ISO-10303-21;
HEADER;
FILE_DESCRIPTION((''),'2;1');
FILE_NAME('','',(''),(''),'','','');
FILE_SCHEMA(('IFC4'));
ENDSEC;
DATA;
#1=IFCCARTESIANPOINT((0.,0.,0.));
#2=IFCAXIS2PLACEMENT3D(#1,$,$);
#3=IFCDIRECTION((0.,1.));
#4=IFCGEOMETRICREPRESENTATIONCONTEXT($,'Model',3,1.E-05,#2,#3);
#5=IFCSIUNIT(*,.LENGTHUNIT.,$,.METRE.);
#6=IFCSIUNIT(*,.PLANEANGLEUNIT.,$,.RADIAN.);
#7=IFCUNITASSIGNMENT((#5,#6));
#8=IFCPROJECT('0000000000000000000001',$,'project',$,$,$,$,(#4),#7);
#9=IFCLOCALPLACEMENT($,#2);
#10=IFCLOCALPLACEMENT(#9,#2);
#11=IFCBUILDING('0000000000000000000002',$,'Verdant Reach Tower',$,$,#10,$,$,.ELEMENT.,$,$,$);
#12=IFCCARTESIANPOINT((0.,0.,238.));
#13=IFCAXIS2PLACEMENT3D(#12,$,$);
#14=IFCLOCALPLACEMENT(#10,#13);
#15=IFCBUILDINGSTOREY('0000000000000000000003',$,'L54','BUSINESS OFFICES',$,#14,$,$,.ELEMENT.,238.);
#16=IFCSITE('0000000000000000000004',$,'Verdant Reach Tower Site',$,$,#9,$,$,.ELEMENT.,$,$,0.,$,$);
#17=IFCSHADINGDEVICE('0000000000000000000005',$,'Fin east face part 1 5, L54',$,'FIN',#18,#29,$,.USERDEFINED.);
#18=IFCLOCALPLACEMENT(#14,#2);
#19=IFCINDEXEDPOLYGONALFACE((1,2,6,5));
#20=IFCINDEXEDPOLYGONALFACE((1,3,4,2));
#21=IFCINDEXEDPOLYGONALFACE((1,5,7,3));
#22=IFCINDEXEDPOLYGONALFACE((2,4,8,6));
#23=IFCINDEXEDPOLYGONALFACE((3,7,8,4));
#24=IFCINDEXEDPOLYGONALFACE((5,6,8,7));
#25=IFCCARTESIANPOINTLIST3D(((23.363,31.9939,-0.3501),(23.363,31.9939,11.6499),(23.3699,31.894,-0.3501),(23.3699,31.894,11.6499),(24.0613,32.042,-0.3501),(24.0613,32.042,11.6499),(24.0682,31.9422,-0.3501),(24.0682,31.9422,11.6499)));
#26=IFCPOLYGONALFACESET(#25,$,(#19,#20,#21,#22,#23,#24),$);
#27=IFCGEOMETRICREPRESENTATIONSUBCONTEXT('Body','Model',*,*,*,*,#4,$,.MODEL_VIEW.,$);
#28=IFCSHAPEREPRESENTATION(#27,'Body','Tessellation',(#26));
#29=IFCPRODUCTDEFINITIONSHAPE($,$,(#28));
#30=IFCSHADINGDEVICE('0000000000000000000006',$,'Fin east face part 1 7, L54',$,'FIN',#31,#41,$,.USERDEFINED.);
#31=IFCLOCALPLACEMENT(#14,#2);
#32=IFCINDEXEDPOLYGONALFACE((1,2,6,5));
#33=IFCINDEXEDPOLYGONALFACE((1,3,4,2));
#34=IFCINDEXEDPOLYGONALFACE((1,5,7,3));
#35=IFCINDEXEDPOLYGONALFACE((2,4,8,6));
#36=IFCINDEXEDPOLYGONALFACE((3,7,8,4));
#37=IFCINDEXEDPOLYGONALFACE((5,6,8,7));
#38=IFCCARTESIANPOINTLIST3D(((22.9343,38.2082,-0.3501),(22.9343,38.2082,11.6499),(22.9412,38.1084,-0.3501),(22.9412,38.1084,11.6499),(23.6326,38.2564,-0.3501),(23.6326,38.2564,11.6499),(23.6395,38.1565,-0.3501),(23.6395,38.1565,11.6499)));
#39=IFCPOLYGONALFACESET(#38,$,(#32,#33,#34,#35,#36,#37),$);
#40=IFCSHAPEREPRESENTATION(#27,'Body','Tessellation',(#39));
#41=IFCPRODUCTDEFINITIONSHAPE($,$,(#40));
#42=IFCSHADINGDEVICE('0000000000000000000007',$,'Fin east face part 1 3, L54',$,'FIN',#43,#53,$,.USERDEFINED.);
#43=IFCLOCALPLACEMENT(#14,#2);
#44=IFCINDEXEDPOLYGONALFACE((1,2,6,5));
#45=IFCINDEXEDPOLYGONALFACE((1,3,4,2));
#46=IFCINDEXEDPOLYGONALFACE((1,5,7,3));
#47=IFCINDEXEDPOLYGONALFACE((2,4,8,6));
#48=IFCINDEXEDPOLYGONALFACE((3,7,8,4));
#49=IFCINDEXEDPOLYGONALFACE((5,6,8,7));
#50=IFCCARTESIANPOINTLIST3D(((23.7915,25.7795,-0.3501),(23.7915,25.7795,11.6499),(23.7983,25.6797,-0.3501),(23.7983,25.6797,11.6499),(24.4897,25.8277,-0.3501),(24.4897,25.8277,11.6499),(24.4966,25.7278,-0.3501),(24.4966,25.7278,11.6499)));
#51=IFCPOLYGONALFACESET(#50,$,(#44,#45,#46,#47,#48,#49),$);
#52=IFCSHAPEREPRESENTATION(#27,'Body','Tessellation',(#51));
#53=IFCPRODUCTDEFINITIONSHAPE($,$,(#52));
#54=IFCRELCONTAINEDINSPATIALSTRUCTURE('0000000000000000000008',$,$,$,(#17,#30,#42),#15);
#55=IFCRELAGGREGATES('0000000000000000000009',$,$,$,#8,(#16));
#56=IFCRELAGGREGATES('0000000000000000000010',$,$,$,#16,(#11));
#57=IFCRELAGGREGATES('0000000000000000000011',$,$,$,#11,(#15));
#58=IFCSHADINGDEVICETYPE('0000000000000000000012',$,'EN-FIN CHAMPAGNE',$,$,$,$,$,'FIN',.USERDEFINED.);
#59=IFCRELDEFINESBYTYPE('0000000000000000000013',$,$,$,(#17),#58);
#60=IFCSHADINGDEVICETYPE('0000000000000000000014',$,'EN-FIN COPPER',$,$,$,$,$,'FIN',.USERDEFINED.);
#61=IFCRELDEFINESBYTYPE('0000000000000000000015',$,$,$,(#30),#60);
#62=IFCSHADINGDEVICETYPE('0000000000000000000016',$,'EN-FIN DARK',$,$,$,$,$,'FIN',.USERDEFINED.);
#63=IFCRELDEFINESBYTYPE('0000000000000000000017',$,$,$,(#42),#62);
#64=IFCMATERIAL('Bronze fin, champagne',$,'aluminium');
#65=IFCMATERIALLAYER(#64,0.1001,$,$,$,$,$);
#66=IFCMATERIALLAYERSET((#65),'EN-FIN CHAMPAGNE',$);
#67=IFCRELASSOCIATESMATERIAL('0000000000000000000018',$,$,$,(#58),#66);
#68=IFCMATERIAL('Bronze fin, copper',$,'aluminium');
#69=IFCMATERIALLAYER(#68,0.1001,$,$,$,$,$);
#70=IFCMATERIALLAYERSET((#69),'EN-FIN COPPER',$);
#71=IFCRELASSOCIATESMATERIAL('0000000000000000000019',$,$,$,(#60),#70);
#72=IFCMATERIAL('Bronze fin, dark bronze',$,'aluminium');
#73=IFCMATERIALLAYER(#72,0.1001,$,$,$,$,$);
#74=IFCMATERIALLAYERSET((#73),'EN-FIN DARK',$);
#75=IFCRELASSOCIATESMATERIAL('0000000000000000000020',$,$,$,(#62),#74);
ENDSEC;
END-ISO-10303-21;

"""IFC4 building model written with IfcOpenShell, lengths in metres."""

from ifc_helpers import new_model, si_unit, direction, frame, origin, origin_2d, place, context, subcontext, project, spatial, rectangle, extrude, material, layer, layer_set, type_object, element, save


model = new_model("IFC4")

# Units and contexts
model_context = context("Model", 3, precision=1e-05, world=origin(), true_north=direction((0.0, 1.0)))
body_context = subcontext(model_context, "Body", "Model", "MODEL_VIEW")
ifc_project = project(units=[si_unit("LENGTHUNIT", "METRE"), si_unit("PLANEANGLEUNIT", "RADIAN")], contexts=[model_context])

# Site, building, storey
site_placement = place(None, origin())
site = spatial("IfcSite", under=ifc_project, at=site_placement, Name="Verdant Reach Tower Site", CompositionType="ELEMENT", RefElevation=0.0)
building_placement = place(site_placement, origin())
building = spatial("IfcBuilding", under=site, at=building_placement, Name="Verdant Reach Tower", CompositionType="ELEMENT")
storey_placement = place(building_placement, frame((0.0, 0.0, 238.0)))
storey = spatial("IfcBuildingStorey", under=building, at=storey_placement, Name="L54", Description="BUSINESS OFFICES", CompositionType="ELEMENT", Elevation=238.0)

# Shading devices
ifc_material_1 = material(Name="Bronze fin, champagne", Category="aluminium")
ifc_layer_1 = layer(ifc_material_1, 0.1001)
ifc_layer_set_1 = layer_set([ifc_layer_1], Name="EN-FIN CHAMPAGNE")
shading_device_type_1 = type_object("IfcShadingDeviceType", Name="EN-FIN CHAMPAGNE", ElementType="FIN", PredefinedType="USERDEFINED", material=ifc_layer_set_1)
shading_device_1_placement = place(storey_placement, frame((23.7156, 31.968, -0.3501), z_axis=(0.0, 0.0, 1.0), x_axis=(-0.068802, 0.99763, 0.0)))
element("IfcShadingDevice", 1, at=shading_device_1_placement, inside=storey, type_object=shading_device_type_1, Name="Fin east face part 1 5, L54", ObjectType="FIN", PredefinedType="USERDEFINED", context=body_context, shape_type="SweptSolid", body=[
    extrude(rectangle(XDim=0.1001, YDim=0.7, at=origin_2d()), origin(), (0.0, 0.0, 1.0), 12.0),
])
ifc_material_2 = material(Name="Bronze fin, copper", Category="aluminium")
ifc_layer_2 = layer(ifc_material_2, 0.1001)
ifc_layer_set_2 = layer_set([ifc_layer_2], Name="EN-FIN COPPER")
shading_device_type_2 = type_object("IfcShadingDeviceType", Name="EN-FIN COPPER", ElementType="FIN", PredefinedType="USERDEFINED", material=ifc_layer_set_2)
shading_device_2_placement = place(storey_placement, frame((23.2869, 38.1824, -0.3501), z_axis=(0.0, 0.0, 1.0), x_axis=(-0.068802, 0.99763, 0.0)))
element("IfcShadingDevice", 2, at=shading_device_2_placement, inside=storey, type_object=shading_device_type_2, Name="Fin east face part 1 7, L54", ObjectType="FIN", PredefinedType="USERDEFINED", context=body_context, shape_type="SweptSolid", body=[
    extrude(rectangle(XDim=0.1001, YDim=0.7, at=origin_2d()), origin(), (0.0, 0.0, 1.0), 12.0),
])
ifc_material_3 = material(Name="Bronze fin, dark bronze", Category="aluminium")
ifc_layer_3 = layer(ifc_material_3, 0.1001)
ifc_layer_set_3 = layer_set([ifc_layer_3], Name="EN-FIN DARK")
shading_device_type_3 = type_object("IfcShadingDeviceType", Name="EN-FIN DARK", ElementType="FIN", PredefinedType="USERDEFINED", material=ifc_layer_set_3)
shading_device_3_placement = place(storey_placement, frame((24.144, 25.7537, -0.3501), z_axis=(0.0, 0.0, 1.0), x_axis=(-0.068802, 0.99763, 0.0)))
element("IfcShadingDevice", 3, at=shading_device_3_placement, inside=storey, type_object=shading_device_type_3, Name="Fin east face part 1 3, L54", ObjectType="FIN", PredefinedType="USERDEFINED", context=body_context, shape_type="SweptSolid", body=[
    extrude(rectangle(XDim=0.1001, YDim=0.7, at=origin_2d()), origin(), (0.0, 0.0, 1.0), 12.0),
])

save(model, "model.ifc")
